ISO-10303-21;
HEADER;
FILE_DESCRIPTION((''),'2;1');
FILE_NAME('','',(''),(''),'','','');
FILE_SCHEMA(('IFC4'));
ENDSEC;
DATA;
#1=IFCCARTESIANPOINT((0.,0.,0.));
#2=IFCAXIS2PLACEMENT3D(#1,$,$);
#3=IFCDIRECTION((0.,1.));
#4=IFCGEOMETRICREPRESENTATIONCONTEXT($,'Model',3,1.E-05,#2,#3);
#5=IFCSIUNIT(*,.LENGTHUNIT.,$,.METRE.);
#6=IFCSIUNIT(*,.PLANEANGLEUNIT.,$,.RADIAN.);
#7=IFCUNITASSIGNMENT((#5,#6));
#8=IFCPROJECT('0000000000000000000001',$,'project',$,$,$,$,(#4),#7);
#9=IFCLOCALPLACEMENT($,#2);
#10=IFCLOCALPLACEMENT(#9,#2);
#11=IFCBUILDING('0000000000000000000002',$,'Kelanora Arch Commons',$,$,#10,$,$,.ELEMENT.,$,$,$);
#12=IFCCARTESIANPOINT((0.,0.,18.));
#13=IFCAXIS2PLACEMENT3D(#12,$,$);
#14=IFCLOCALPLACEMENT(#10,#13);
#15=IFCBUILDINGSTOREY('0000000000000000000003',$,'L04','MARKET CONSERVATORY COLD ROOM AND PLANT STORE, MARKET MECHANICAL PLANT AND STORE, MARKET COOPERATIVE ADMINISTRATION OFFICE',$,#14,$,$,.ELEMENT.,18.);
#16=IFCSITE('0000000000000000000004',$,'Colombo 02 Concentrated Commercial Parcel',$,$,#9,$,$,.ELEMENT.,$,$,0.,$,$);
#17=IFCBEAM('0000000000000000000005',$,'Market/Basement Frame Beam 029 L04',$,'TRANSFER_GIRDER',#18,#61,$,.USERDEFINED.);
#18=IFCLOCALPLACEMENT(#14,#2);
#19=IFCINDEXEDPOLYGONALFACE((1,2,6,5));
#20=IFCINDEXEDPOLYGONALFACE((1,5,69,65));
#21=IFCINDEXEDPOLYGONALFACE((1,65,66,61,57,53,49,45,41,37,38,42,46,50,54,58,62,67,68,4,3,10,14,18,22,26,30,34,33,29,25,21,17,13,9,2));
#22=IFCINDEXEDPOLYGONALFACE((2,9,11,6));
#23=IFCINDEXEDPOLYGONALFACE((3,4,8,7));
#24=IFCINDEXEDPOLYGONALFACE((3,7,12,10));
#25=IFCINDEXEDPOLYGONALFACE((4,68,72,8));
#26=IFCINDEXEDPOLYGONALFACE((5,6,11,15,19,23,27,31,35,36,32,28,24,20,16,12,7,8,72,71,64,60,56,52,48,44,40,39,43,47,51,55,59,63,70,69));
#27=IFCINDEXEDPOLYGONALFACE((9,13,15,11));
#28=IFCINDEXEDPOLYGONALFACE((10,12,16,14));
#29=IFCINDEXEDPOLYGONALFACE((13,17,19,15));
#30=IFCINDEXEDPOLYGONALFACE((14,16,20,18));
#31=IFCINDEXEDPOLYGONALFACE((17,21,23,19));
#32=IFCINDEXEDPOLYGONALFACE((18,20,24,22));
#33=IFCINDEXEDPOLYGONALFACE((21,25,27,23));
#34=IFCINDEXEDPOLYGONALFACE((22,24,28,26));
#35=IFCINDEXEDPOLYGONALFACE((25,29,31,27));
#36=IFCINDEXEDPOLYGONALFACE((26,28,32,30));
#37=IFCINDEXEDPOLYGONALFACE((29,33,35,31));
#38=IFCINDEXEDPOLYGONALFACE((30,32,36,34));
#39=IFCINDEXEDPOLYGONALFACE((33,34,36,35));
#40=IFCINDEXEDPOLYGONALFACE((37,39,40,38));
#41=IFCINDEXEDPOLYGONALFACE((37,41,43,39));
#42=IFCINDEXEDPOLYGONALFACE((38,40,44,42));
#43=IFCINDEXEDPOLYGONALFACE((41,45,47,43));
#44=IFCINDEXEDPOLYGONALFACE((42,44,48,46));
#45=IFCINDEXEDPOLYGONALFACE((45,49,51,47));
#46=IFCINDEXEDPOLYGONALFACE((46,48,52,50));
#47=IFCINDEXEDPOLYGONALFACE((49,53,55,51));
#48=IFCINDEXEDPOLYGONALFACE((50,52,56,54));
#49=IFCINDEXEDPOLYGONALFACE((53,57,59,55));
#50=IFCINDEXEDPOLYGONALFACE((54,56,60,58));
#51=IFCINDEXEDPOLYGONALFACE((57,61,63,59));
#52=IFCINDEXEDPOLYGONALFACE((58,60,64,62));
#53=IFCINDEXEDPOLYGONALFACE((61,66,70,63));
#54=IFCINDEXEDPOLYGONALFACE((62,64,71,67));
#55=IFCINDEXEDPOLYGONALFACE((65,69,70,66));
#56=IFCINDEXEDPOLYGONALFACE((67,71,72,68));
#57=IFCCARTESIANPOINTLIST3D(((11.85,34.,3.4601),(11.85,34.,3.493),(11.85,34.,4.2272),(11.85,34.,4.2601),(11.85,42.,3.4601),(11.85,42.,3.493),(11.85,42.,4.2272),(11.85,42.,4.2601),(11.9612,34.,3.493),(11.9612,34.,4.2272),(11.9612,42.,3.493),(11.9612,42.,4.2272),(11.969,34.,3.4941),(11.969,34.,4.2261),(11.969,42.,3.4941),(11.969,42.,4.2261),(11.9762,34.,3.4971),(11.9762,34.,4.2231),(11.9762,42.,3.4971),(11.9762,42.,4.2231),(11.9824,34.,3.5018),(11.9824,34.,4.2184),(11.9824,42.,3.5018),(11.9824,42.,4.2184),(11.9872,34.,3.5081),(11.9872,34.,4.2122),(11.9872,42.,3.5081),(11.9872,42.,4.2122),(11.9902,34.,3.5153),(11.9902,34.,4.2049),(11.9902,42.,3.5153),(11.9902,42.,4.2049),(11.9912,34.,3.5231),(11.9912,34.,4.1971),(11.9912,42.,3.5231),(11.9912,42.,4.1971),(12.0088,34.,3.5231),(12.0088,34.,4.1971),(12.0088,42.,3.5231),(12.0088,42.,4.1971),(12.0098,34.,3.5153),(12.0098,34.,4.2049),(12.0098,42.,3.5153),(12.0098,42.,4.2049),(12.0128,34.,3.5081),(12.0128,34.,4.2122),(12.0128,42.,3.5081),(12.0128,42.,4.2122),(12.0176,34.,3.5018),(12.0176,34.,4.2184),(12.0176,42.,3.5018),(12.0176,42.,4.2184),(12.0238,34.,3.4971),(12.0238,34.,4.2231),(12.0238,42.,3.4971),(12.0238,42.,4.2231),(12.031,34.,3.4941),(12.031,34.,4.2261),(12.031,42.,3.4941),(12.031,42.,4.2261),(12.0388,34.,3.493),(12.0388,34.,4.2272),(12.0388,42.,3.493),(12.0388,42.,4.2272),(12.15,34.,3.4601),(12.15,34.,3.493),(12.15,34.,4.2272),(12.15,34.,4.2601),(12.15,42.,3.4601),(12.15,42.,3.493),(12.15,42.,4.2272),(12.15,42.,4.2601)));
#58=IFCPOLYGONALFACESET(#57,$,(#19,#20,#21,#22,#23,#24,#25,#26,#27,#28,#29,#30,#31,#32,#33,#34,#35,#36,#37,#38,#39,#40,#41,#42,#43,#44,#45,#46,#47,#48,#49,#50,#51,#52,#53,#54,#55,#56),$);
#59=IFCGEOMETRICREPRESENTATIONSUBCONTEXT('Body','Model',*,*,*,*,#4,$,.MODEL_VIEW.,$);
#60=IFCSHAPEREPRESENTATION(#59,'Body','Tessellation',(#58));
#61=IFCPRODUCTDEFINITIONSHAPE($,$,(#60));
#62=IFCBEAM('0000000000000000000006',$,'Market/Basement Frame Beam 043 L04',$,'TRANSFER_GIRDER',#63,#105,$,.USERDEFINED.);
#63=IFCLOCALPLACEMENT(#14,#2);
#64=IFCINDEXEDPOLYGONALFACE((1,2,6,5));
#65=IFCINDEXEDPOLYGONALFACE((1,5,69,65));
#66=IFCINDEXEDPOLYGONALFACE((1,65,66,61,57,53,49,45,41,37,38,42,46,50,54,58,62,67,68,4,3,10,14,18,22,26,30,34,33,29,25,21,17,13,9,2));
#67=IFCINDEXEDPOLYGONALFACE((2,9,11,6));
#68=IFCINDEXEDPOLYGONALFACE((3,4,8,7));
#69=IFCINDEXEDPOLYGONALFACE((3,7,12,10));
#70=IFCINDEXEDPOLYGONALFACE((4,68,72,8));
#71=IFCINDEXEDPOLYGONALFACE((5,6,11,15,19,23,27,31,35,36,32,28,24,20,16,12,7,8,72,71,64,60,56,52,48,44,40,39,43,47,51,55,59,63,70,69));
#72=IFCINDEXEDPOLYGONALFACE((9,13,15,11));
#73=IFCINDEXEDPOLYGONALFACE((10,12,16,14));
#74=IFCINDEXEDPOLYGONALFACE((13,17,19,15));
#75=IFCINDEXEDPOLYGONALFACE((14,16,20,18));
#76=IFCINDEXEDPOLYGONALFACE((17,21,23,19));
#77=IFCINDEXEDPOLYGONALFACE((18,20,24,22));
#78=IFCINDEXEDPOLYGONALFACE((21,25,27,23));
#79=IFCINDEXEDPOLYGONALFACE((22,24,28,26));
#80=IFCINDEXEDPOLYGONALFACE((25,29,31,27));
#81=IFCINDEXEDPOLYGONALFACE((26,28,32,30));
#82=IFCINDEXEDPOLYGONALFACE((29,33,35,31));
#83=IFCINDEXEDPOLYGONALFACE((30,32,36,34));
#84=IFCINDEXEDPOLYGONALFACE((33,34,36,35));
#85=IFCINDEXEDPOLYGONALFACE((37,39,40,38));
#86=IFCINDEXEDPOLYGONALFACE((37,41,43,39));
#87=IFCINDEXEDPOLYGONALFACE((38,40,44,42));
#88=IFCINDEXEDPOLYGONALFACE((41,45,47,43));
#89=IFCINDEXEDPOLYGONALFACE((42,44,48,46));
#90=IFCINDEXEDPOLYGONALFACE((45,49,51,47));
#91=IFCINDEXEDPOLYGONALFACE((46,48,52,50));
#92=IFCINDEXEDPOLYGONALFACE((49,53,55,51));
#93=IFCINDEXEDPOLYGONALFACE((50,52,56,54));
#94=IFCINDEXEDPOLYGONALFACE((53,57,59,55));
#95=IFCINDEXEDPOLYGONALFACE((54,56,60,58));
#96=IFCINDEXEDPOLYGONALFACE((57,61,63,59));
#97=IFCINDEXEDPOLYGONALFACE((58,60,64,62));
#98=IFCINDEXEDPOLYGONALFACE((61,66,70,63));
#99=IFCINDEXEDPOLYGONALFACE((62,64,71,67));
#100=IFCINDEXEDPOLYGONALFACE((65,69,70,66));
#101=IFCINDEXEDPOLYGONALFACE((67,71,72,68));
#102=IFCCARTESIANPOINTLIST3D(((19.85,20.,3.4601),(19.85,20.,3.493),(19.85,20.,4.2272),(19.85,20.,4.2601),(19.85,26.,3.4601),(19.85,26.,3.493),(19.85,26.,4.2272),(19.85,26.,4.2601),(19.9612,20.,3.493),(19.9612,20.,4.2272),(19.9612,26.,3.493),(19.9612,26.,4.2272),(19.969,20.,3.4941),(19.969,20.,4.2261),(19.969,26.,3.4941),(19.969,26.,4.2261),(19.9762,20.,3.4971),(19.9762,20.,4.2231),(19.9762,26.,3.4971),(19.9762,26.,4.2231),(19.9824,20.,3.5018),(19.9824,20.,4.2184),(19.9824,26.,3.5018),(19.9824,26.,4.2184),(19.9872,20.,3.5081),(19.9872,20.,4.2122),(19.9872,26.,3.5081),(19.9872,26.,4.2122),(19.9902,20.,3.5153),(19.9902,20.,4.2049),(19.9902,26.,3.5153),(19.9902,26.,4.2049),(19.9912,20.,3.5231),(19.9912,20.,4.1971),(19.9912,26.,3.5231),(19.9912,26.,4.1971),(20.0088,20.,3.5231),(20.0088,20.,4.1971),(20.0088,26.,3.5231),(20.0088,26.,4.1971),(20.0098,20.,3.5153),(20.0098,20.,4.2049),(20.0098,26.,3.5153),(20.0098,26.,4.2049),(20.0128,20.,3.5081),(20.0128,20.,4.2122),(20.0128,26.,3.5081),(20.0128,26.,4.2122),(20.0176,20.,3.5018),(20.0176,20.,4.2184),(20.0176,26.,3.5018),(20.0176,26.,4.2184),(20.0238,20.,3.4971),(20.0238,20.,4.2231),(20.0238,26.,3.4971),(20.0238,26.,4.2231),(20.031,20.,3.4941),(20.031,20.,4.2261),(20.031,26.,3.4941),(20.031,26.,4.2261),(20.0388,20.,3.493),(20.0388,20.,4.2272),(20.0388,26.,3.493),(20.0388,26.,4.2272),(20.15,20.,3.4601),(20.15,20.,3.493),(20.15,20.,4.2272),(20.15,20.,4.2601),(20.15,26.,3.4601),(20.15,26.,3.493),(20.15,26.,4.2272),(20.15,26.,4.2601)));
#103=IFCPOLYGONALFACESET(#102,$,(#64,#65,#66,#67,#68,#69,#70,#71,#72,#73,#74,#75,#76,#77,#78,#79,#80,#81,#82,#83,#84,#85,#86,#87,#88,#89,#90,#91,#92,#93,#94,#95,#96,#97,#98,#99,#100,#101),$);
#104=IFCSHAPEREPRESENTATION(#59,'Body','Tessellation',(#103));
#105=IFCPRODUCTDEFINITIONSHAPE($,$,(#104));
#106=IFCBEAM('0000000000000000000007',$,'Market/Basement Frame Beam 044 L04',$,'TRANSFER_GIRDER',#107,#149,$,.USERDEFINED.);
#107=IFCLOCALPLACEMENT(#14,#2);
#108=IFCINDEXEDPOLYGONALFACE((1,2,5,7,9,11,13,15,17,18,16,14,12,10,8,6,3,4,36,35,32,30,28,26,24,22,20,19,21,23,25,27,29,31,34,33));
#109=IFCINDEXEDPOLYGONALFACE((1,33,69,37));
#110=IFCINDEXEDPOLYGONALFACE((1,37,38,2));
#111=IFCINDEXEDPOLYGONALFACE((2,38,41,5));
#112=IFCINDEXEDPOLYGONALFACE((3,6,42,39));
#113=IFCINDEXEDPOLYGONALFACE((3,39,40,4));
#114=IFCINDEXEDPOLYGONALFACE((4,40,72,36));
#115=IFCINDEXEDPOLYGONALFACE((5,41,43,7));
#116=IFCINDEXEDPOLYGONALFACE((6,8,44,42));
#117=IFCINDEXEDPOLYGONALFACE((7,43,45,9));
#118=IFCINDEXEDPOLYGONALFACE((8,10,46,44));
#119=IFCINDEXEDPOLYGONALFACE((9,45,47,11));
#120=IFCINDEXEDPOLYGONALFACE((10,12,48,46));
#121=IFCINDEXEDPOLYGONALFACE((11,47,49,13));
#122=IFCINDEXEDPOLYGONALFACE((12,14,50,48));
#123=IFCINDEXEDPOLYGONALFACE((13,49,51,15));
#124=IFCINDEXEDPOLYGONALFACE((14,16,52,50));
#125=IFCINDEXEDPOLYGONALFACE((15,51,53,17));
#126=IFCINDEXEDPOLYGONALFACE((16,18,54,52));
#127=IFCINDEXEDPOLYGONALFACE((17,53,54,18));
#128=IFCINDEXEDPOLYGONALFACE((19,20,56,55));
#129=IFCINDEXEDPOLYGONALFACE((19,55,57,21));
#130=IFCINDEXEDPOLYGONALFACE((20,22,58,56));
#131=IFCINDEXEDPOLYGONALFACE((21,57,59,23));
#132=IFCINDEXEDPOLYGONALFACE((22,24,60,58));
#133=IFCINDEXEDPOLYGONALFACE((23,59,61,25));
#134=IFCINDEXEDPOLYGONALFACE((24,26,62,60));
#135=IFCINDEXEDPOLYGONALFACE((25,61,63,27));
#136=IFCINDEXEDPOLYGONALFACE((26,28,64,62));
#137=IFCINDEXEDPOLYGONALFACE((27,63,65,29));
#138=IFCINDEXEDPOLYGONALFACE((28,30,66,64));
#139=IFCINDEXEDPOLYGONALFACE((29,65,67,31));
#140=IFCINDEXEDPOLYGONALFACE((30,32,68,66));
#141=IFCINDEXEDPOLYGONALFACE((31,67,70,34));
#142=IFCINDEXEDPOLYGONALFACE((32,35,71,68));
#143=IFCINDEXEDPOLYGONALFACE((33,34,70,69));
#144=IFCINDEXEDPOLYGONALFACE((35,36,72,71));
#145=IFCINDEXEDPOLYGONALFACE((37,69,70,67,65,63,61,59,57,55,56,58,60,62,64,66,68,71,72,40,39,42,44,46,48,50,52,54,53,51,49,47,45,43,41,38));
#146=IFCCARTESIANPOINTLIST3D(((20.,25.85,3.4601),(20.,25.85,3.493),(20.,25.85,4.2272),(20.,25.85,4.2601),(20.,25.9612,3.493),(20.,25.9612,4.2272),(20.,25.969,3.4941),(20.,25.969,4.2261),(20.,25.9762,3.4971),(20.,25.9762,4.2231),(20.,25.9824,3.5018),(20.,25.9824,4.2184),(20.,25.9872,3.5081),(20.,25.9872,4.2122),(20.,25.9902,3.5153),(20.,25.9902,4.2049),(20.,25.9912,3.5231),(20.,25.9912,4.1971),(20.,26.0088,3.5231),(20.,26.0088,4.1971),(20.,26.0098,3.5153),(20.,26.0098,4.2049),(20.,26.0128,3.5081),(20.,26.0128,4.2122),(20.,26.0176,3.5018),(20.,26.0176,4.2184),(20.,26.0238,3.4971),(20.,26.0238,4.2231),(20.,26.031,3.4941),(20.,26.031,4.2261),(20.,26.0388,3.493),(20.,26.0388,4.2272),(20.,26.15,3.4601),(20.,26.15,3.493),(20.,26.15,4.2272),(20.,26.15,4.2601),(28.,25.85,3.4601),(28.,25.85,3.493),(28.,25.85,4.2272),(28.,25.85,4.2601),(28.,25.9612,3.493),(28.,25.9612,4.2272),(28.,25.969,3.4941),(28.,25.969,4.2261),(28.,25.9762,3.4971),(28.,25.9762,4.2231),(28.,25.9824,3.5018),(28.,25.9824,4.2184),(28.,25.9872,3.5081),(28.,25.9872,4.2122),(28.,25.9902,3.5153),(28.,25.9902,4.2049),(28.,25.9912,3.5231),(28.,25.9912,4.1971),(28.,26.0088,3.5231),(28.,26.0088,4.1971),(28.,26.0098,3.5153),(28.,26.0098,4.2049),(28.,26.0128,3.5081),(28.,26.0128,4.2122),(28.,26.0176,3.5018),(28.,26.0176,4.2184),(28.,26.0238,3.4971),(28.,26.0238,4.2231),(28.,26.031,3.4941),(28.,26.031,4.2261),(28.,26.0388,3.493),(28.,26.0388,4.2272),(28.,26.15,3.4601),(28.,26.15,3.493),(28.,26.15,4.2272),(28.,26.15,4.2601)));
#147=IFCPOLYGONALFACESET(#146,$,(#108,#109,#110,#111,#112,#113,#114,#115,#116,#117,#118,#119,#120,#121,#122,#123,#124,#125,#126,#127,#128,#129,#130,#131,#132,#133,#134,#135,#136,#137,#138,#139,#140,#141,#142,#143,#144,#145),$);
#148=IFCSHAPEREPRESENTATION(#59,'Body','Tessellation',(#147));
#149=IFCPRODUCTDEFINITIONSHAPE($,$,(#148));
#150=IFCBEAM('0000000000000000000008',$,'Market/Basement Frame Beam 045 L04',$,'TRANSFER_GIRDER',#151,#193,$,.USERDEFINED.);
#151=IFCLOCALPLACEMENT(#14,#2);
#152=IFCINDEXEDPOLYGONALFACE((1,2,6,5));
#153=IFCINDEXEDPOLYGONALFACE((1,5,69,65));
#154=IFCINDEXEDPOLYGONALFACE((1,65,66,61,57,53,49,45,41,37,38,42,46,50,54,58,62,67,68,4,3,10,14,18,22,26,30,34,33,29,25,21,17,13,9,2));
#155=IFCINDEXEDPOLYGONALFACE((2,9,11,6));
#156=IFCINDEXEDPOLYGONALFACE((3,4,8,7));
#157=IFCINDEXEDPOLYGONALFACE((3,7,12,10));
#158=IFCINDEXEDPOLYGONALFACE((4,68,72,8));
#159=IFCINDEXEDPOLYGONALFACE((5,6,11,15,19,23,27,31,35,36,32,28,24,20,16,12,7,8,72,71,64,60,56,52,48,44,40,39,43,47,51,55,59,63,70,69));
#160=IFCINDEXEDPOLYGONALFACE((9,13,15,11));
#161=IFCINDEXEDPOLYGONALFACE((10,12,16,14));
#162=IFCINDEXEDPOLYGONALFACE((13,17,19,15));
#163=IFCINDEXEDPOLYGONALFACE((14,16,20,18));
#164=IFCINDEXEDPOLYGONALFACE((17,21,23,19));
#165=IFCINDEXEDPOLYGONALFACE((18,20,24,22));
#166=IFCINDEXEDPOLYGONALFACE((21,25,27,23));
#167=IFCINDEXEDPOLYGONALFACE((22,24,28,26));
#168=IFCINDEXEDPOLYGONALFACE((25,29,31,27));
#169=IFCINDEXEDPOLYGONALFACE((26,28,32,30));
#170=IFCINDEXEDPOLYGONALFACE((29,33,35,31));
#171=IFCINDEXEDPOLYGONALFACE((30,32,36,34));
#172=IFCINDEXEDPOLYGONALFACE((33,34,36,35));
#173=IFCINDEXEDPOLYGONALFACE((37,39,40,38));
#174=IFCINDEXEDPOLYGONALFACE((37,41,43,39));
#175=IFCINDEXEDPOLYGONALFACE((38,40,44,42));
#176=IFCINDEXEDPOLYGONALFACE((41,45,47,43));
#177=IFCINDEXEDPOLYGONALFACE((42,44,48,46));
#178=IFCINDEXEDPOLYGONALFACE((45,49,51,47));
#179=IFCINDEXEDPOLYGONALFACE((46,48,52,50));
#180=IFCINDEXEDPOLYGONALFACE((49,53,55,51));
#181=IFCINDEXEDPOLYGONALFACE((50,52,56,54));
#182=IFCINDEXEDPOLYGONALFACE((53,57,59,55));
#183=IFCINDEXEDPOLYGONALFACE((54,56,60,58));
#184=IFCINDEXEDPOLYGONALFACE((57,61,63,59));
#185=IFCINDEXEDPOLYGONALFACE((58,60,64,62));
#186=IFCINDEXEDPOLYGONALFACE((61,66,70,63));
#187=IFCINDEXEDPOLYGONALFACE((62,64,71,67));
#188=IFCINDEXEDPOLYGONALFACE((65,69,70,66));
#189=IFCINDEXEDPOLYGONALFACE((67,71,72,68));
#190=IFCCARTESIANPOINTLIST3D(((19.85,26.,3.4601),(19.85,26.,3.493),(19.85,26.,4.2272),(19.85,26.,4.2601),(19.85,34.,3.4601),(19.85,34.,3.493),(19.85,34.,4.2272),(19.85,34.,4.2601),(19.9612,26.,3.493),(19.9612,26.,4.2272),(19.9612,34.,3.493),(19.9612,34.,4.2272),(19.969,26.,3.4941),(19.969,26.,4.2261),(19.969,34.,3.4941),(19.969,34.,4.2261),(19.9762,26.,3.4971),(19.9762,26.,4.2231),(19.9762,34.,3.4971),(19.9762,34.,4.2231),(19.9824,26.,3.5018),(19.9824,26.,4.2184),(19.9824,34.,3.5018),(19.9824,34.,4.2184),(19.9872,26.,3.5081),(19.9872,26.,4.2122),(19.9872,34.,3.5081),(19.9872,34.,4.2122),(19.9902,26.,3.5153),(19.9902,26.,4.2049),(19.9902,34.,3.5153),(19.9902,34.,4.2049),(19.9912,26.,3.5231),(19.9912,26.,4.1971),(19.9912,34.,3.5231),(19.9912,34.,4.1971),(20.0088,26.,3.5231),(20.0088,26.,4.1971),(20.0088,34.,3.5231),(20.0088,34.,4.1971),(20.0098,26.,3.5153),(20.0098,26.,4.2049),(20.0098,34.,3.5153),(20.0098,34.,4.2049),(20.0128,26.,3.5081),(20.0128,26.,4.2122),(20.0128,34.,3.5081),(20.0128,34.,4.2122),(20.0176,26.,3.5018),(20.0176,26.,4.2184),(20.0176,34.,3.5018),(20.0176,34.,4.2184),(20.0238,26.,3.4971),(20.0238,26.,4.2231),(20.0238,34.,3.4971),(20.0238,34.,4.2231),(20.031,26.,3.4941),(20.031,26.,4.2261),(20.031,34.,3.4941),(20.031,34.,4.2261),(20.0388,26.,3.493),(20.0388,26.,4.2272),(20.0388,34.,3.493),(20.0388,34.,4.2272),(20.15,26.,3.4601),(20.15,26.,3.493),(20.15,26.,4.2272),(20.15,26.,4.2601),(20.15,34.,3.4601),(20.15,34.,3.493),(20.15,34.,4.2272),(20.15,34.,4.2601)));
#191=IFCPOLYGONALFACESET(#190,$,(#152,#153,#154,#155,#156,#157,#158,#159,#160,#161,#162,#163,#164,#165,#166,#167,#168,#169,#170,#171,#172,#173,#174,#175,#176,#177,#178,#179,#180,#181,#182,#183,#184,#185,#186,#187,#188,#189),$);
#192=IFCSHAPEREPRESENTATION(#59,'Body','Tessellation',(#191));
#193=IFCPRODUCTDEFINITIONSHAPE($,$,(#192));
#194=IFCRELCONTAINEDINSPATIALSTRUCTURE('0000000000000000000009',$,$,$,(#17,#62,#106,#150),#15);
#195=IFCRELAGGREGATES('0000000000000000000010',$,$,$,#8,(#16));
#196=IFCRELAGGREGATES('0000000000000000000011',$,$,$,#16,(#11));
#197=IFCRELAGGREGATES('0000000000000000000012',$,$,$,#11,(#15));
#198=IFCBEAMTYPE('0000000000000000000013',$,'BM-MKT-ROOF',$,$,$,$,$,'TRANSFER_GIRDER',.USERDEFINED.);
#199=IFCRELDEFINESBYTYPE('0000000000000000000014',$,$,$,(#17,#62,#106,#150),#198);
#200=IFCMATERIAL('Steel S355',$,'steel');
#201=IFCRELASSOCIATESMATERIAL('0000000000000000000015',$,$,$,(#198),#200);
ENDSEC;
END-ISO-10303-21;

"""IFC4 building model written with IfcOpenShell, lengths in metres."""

from ifc_helpers import new_model, si_unit, direction, frame, origin, origin_2d, place, context, subcontext, project, spatial, i_section, extrude, material, material_profile, profile_set, type_object, element, save


model = new_model("IFC4")

# Units and contexts
model_context = context("Model", 3, precision=1e-05, world=origin(), true_north=direction((0.0, 1.0)))
body_context = subcontext(model_context, "Body", "Model", "MODEL_VIEW")
ifc_project = project(units=[si_unit("LENGTHUNIT", "METRE"), si_unit("PLANEANGLEUNIT", "RADIAN")], contexts=[model_context])

# Site, building, storey
site_placement = place(None, origin())
site = spatial("IfcSite", under=ifc_project, at=site_placement, Name="Colombo 02 Concentrated Commercial Parcel", CompositionType="ELEMENT", RefElevation=0.0)
building_placement = place(site_placement, origin())
building = spatial("IfcBuilding", under=site, at=building_placement, Name="Kelanora Arch Commons", CompositionType="ELEMENT")
storey_placement = place(building_placement, frame((0.0, 0.0, 18.0)))
storey = spatial("IfcBuildingStorey", under=building, at=storey_placement, Name="L04", Description="MARKET CONSERVATORY COLD ROOM AND PLANT STORE, MARKET MECHANICAL PLANT AND STORE, MARKET COOPERATIVE ADMINISTRATION OFFICE", CompositionType="ELEMENT", Elevation=18.0)

# Beams
ifc_material_1 = material(Name="Steel S355", Category="steel")
ifc_material_profile_1 = material_profile(ifc_material_1, i_section(OverallWidth=0.3, OverallDepth=0.8, WebThickness=0.0176, FlangeThickness=0.033, FilletRadius=0.03, at=origin_2d()), Name="HEB800")
ifc_profile_set_1 = profile_set([ifc_material_profile_1], Name="Steel S355")
beam_type = type_object("IfcBeamType", Name="BM-MKT-ROOF", ElementType="TRANSFER_GIRDER", PredefinedType="USERDEFINED", material=ifc_profile_set_1)
for number, where, z_axis, x_axis, name in (
    (1, (12.0, 34.0, 3.8601), (0.0, 1.0, 0.0), (-1.0, 0.0, 0.0), "Market/Basement Frame Beam 029 L04"),
):
    element("IfcBeam", number, at=place(storey_placement, frame(where, z_axis=z_axis, x_axis=x_axis)), inside=storey, type_object=beam_type, Name=name, ObjectType="TRANSFER_GIRDER", PredefinedType="USERDEFINED", context=body_context, shape_type="SweptSolid", body=[
        extrude(i_section(OverallWidth=0.3, OverallDepth=0.8, WebThickness=0.0176, FlangeThickness=0.033, FilletRadius=0.03, at=origin_2d()), origin(), (0.0, 0.0, 1.0), 8.0),
    ])
beam_placement = place(storey_placement, frame((20.0, 20.0, 3.8601), z_axis=(0.0, 1.0, 0.0), x_axis=(-1.0, 0.0, 0.0)))
element("IfcBeam", 2, at=beam_placement, inside=storey, type_object=beam_type, Name="Market/Basement Frame Beam 043 L04", ObjectType="TRANSFER_GIRDER", PredefinedType="USERDEFINED", context=body_context, shape_type="SweptSolid", body=[
    extrude(i_section(OverallWidth=0.3, OverallDepth=0.8, WebThickness=0.0176, FlangeThickness=0.033, FilletRadius=0.03, at=origin_2d()), origin(), (0.0, 0.0, 1.0), 6.0),
])
for number, where, z_axis, x_axis, name in (
    (3, (20.0, 26.0, 3.8601), (1.0, 0.0, 0.0), (0.0, 1.0, 0.0), "Market/Basement Frame Beam 044 L04"),
    (4, (20.0, 26.0, 3.8601), (0.0, 1.0, 0.0), (-1.0, 0.0, 0.0), "Market/Basement Frame Beam 045 L04"),
):
    element("IfcBeam", number, at=place(storey_placement, frame(where, z_axis=z_axis, x_axis=x_axis)), inside=storey, type_object=beam_type, Name=name, ObjectType="TRANSFER_GIRDER", PredefinedType="USERDEFINED", context=body_context, shape_type="SweptSolid", body=[
        extrude(i_section(OverallWidth=0.3, OverallDepth=0.8, WebThickness=0.0176, FlangeThickness=0.033, FilletRadius=0.03, at=origin_2d()), origin(), (0.0, 0.0, 1.0), 8.0),
    ])

save(model, "model.ifc")
